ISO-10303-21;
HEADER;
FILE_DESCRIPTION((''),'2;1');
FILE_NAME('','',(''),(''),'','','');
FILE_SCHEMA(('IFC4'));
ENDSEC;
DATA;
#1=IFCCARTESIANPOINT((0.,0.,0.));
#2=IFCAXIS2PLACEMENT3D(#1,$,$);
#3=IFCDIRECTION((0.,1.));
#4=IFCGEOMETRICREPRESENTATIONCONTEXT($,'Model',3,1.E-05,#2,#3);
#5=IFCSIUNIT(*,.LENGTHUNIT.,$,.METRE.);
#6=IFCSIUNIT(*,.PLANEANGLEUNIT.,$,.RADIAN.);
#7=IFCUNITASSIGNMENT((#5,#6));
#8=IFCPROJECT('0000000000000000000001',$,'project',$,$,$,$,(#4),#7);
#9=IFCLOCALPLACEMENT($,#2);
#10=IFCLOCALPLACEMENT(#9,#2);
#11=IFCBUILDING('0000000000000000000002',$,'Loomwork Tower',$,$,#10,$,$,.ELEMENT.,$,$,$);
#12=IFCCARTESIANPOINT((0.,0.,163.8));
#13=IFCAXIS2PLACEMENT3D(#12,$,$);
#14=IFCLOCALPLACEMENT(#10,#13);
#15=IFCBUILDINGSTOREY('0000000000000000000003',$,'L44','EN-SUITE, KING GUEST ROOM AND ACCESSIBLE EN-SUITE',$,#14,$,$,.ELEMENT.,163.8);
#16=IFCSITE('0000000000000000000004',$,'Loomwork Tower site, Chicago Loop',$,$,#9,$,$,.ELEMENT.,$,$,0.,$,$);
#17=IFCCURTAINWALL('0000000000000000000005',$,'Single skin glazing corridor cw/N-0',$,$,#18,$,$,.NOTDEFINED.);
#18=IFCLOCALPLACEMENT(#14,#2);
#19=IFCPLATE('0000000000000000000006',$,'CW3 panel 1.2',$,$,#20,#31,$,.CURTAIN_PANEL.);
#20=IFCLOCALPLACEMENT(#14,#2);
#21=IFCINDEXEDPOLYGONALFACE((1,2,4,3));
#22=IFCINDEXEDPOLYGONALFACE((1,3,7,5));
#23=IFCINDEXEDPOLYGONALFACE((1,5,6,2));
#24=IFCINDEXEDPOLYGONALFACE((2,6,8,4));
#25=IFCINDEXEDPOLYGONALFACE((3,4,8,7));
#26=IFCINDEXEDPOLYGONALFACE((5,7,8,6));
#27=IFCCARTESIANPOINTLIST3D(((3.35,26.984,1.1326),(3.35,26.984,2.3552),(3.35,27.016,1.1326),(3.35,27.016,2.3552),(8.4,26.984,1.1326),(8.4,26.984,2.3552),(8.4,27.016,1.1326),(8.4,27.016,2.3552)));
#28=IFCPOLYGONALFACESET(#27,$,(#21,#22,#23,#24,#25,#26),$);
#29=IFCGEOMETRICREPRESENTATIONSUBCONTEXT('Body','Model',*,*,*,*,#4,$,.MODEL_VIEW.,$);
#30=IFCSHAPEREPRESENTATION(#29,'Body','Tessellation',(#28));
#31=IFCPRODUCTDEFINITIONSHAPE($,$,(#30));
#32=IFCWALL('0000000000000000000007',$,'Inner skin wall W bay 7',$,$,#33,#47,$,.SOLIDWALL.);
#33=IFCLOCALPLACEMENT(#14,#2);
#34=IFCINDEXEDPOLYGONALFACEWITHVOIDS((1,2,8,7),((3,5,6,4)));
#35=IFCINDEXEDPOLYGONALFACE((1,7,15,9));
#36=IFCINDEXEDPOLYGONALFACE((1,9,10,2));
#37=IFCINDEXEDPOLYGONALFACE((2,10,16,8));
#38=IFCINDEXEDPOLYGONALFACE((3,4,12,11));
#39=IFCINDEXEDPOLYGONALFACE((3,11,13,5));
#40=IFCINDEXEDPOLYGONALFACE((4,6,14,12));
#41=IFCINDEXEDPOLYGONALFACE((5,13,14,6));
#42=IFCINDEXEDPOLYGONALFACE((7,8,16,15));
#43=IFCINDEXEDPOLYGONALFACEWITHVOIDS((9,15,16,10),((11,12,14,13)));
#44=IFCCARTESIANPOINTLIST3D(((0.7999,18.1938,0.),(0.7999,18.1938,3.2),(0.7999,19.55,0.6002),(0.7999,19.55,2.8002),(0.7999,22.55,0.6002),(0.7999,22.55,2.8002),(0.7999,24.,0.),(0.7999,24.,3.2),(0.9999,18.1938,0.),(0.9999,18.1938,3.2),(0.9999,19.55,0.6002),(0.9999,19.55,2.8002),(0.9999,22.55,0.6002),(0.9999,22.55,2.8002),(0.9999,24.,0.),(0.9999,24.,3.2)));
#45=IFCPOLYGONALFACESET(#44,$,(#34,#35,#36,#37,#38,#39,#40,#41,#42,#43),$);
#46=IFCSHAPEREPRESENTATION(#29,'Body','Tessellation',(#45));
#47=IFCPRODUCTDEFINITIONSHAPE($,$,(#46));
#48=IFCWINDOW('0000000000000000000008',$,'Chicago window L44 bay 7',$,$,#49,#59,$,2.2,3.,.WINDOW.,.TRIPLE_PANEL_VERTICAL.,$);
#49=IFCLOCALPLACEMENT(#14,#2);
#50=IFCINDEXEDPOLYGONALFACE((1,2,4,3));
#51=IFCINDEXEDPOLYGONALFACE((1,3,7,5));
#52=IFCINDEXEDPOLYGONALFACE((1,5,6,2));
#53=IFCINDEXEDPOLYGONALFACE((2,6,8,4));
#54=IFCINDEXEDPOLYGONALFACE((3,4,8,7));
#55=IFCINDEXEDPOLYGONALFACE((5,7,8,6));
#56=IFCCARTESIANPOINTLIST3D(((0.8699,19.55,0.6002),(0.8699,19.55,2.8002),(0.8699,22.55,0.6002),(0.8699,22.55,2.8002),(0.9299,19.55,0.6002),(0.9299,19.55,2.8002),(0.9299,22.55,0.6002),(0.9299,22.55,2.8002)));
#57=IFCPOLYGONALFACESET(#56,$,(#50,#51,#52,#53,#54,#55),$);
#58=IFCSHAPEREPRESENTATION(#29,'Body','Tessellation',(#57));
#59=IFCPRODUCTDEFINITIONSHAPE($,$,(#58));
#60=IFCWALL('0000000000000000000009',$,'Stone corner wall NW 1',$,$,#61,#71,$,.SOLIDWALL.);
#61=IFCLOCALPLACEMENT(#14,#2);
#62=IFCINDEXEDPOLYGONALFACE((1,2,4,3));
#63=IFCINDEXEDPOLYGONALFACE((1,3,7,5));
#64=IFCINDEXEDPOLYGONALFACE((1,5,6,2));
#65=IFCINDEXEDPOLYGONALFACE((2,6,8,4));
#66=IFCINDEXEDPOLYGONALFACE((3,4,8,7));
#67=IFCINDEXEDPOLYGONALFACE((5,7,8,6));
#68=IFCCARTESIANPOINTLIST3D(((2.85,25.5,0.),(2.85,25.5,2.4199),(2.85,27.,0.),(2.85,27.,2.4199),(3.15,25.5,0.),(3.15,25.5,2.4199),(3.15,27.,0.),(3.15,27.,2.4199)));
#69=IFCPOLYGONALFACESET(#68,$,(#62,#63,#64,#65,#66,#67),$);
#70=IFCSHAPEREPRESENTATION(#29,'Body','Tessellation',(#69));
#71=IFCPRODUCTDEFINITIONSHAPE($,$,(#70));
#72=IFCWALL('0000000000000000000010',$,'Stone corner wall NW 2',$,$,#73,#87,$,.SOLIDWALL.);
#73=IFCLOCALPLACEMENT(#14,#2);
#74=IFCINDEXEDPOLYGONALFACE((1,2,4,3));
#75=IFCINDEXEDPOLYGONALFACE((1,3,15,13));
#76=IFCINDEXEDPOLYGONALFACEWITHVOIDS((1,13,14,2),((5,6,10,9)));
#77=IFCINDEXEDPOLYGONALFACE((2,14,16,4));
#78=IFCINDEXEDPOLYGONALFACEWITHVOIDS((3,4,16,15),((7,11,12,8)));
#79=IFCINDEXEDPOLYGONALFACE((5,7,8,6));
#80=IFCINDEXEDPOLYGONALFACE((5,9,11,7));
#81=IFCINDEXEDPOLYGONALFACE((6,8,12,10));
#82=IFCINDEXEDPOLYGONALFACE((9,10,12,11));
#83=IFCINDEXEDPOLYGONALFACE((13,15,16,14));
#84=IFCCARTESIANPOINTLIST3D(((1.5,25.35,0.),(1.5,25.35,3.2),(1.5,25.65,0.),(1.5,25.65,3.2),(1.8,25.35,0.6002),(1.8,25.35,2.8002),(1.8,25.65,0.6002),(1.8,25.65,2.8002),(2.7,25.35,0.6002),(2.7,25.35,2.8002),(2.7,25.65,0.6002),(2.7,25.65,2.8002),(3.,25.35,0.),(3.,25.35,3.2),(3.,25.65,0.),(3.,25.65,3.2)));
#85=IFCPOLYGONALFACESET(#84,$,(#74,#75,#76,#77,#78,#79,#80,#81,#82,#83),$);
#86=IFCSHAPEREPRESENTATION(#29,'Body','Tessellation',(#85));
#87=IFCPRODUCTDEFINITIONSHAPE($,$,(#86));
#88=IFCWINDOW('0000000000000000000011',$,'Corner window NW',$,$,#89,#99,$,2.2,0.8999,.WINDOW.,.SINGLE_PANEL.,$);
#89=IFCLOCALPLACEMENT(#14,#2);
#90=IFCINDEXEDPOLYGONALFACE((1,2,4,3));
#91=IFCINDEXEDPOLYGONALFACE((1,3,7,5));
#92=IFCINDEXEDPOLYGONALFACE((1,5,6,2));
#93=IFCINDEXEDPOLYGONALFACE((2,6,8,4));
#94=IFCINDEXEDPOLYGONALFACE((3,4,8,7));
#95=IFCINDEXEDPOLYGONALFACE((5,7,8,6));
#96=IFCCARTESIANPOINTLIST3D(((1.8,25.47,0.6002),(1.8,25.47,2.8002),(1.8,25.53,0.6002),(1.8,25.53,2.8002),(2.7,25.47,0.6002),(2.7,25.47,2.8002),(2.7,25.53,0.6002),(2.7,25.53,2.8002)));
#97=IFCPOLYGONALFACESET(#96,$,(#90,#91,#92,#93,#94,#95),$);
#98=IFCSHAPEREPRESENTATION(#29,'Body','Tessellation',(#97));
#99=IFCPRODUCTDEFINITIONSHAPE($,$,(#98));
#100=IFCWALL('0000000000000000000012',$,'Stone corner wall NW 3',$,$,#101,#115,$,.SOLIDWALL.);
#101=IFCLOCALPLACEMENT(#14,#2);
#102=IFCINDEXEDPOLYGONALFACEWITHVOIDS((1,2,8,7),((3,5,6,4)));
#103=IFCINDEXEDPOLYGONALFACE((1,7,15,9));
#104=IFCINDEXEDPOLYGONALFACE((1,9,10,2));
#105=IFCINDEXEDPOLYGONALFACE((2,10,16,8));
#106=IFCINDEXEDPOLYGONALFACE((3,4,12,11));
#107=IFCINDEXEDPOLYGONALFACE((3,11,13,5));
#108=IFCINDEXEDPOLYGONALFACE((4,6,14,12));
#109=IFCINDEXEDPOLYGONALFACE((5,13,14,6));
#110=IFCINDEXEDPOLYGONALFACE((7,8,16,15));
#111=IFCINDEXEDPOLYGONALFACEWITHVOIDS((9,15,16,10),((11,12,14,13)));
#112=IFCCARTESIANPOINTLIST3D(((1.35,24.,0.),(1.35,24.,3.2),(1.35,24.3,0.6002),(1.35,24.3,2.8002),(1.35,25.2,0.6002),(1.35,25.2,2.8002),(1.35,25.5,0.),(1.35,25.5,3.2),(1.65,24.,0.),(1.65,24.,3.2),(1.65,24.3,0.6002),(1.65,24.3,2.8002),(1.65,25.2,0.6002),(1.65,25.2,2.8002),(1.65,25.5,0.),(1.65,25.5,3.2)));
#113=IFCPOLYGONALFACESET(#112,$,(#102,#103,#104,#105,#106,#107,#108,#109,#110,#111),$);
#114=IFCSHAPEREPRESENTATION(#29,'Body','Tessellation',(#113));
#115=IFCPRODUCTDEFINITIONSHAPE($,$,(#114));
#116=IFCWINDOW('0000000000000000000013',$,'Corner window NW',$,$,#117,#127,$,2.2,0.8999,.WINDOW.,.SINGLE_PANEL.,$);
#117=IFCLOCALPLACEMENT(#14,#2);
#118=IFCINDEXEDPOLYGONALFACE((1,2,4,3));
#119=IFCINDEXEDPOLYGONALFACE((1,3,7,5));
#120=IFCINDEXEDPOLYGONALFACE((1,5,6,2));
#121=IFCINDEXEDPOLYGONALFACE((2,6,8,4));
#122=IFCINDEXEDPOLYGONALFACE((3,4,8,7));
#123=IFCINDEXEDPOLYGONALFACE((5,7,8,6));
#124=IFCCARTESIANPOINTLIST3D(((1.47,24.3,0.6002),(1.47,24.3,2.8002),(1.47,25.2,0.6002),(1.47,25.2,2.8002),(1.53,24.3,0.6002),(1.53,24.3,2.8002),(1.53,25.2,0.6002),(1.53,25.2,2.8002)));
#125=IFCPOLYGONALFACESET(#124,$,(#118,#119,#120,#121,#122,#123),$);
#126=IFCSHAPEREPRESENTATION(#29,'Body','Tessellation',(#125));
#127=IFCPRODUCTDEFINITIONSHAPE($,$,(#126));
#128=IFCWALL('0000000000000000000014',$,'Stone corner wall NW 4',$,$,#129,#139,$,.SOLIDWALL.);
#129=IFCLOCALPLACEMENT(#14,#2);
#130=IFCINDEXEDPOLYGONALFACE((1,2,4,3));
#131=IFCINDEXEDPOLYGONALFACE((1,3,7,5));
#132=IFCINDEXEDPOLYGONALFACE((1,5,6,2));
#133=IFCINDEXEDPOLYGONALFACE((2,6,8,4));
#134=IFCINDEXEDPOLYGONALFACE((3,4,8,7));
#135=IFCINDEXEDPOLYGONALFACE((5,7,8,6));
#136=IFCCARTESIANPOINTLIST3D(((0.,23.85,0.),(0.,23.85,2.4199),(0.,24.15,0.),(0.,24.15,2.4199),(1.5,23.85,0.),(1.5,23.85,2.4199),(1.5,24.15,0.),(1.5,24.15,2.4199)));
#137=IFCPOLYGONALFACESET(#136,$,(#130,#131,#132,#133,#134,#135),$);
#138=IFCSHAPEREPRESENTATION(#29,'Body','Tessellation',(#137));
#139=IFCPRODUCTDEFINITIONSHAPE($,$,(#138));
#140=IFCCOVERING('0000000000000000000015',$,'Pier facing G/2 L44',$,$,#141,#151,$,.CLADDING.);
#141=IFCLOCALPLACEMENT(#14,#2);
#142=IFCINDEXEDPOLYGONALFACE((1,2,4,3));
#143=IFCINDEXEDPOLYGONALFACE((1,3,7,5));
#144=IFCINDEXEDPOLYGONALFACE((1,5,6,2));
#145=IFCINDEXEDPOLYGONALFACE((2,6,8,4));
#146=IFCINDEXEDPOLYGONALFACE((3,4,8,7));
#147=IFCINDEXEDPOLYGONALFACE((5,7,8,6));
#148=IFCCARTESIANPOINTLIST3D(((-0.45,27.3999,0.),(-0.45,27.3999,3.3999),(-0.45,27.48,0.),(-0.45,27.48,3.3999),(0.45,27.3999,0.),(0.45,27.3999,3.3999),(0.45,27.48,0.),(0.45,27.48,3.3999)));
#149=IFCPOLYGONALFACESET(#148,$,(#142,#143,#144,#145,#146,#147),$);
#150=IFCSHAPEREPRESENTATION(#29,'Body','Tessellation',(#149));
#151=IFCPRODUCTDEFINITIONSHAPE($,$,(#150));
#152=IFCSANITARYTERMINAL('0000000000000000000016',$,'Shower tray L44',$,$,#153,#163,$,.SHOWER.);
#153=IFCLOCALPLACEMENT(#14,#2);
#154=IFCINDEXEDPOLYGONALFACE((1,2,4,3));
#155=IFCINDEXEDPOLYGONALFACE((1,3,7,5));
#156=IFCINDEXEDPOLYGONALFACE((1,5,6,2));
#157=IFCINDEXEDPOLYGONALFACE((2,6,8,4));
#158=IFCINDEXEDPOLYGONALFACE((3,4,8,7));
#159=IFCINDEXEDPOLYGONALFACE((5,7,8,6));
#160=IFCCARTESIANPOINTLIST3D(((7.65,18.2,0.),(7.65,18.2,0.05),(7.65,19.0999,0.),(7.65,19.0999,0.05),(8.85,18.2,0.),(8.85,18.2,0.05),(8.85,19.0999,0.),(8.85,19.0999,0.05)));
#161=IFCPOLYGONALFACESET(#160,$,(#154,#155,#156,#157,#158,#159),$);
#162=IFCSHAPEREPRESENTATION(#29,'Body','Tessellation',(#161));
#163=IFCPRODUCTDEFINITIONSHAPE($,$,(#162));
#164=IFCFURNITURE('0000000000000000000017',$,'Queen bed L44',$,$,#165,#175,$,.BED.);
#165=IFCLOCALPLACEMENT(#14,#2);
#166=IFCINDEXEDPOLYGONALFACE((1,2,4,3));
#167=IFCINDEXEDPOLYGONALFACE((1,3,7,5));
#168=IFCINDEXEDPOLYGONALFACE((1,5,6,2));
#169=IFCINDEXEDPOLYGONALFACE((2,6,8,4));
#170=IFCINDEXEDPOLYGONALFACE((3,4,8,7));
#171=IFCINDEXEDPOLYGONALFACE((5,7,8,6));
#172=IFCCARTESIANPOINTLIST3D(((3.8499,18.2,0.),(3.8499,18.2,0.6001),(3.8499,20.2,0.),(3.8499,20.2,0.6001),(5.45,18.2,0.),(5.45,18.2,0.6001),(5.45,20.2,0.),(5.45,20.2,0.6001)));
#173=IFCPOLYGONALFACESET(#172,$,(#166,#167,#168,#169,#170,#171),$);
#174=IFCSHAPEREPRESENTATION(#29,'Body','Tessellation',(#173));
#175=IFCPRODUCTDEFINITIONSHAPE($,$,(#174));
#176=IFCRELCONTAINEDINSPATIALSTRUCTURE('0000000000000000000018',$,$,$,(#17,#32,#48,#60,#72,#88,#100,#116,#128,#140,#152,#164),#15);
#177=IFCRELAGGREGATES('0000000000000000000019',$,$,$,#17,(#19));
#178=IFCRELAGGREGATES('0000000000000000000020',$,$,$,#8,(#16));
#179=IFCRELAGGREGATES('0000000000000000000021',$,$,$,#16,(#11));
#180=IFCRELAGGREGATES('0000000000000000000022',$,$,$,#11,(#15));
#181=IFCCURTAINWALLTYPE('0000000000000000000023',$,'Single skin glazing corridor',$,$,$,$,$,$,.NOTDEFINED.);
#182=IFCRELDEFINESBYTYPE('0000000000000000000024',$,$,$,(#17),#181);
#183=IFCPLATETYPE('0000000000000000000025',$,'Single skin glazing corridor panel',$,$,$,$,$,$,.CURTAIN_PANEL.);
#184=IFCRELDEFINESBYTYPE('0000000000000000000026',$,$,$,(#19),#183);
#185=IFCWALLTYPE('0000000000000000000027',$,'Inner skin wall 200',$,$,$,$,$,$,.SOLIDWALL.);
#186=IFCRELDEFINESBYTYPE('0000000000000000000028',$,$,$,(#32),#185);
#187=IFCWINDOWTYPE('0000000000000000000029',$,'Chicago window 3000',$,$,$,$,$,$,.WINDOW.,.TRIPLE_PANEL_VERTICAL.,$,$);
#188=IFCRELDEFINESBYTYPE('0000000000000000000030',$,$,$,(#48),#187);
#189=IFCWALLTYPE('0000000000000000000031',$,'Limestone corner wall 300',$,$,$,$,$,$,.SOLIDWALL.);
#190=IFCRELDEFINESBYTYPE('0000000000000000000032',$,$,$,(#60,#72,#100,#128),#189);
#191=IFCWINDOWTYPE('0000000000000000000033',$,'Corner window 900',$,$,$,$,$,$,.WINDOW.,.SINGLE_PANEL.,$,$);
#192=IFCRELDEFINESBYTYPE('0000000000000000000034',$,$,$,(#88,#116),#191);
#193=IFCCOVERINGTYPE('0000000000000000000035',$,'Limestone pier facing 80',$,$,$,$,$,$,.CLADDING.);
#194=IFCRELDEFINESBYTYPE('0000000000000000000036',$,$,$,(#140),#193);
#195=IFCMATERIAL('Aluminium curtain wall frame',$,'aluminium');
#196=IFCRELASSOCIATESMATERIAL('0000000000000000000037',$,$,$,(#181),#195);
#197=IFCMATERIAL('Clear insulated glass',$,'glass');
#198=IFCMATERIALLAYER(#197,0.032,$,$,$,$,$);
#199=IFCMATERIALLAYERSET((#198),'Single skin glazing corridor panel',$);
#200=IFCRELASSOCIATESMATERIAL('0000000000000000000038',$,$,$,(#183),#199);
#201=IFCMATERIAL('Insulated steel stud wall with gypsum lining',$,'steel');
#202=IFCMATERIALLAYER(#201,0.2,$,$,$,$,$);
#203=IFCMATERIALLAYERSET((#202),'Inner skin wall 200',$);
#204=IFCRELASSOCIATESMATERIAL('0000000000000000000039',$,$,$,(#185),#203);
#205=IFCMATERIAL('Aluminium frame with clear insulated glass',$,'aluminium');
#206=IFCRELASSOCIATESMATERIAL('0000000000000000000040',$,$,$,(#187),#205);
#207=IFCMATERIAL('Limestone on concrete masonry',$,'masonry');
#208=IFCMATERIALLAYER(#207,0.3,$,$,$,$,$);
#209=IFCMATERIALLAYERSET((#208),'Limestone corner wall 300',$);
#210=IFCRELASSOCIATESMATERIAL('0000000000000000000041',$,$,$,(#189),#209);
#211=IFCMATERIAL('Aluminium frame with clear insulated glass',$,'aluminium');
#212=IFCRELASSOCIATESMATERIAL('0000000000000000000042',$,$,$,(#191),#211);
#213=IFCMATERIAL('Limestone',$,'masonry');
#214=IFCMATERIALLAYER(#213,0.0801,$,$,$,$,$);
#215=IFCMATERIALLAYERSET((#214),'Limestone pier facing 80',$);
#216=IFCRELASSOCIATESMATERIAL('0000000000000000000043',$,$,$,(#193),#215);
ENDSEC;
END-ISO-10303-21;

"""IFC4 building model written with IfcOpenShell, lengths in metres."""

from ifc_helpers import new_model, si_unit, direction, frame, frame_2d, origin, origin_2d, place, context, subcontext, project, spatial, rectangle, extrude, material, layer, layer_set, type_object, element, fill, aggregate, save


model = new_model("IFC4")

# Units and contexts
model_context = context("Model", 3, precision=1e-05, world=origin(), true_north=direction((0.0, 1.0)))
body_context = subcontext(model_context, "Body", "Model", "MODEL_VIEW")
ifc_project = project(units=[si_unit("LENGTHUNIT", "METRE"), si_unit("PLANEANGLEUNIT", "RADIAN")], contexts=[model_context])

# Site, building, storey
site_placement = place(None, origin())
site = spatial("IfcSite", under=ifc_project, at=site_placement, Name="Loomwork Tower site, Chicago Loop", CompositionType="ELEMENT", RefElevation=0.0)
building_placement = place(site_placement, origin())
building = spatial("IfcBuilding", under=site, at=building_placement, Name="Loomwork Tower", CompositionType="ELEMENT")
storey_placement = place(building_placement, frame((0.0, 0.0, 163.8)))
storey = spatial("IfcBuildingStorey", under=building, at=storey_placement, Name="L44", Description="EN-SUITE, KING GUEST ROOM AND ACCESSIBLE EN-SUITE", CompositionType="ELEMENT", Elevation=163.8)

# Curtain wall
ifc_material_1 = material(Name="Aluminium curtain wall frame", Category="aluminium")
curtain_wall_type_1 = type_object("IfcCurtainWallType", Name="Single skin glazing corridor", PredefinedType="NOTDEFINED", material=ifc_material_1)
curtain_wall_1_placement = place(storey_placement, origin())
curtain_wall_1 = element("IfcCurtainWall", 1, at=curtain_wall_1_placement, inside=storey, type_object=curtain_wall_type_1, Name="Single skin glazing corridor cw/N-0", PredefinedType="NOTDEFINED")

# Plate
ifc_material_2 = material(Name="Clear insulated glass", Category="glass")
ifc_layer_1 = layer(ifc_material_2, 0.032)
ifc_layer_set_1 = layer_set([ifc_layer_1], Name="Single skin glazing corridor panel")
plate_type_1 = type_object("IfcPlateType", Name="Single skin glazing corridor panel", PredefinedType="CURTAIN_PANEL", material=ifc_layer_set_1)
plate_1_placement = place(storey_placement, frame((5.875, 27.0, 1.1326), z_axis=(0.0, 0.0, 1.0), x_axis=(-1.0, 0.0, 0.0)))
plate_1 = element("IfcPlate", 2, at=plate_1_placement, type_object=plate_type_1, Name="CW3 panel 1.2", PredefinedType="CURTAIN_PANEL", context=body_context, shape_type="SweptSolid", body=[
    extrude(rectangle(XDim=5.05, YDim=0.032, at=origin_2d()), origin(), (0.0, 0.0, 1.0), 1.2227),
])
aggregate(curtain_wall_1, [plate_1])

# Wall, opening, window
ifc_material_3 = material(Name="Insulated steel stud wall with gypsum lining", Category="steel")
ifc_layer_2 = layer(ifc_material_3, 0.2)
ifc_layer_set_2 = layer_set([ifc_layer_2], Name="Inner skin wall 200")
wall_type_1 = type_object("IfcWallType", Name="Inner skin wall 200", PredefinedType="SOLIDWALL", material=ifc_layer_set_2)
wall_1_placement = place(storey_placement, frame((0.8999, 18.1938, 0.0), z_axis=(0.0, 0.0, 1.0), x_axis=(0.0, 1.0, 0.0)))
wall_1 = element("IfcWall", 3, at=wall_1_placement, inside=storey, type_object=wall_type_1, Name="Inner skin wall W bay 7", PredefinedType="SOLIDWALL", context=body_context, shape_type="SweptSolid", body=[
    extrude(rectangle(XDim=5.8062, YDim=0.2, at=frame_2d((2.9031, 0.0))), origin(), (0.0, 0.0, 1.0), 3.2),
])
opening_1_placement = place(wall_1_placement, frame((1.3562, 0.0, 0.6001)))
opening_1 = element("IfcOpeningElement", 4, at=opening_1_placement, cuts=wall_1, PredefinedType="OPENING", context=body_context, shape_type="SweptSolid", body=[
    extrude(rectangle(XDim=3.0, YDim=2.2, at=frame_2d((1.5, 1.1001))), frame((0.0, 0.1099, 0.0), z_axis=(0.0, -1.0, 0.0), x_axis=(1.0, 0.0, 0.0)), (0.0, 0.0, 1.0), 0.22),
])
ifc_material_4 = material(Name="Aluminium frame with clear insulated glass", Category="aluminium")
window_type_1 = type_object("IfcWindowType", Name="Chicago window 3000", PartitioningType="TRIPLE_PANEL_VERTICAL", PredefinedType="WINDOW", material=ifc_material_4)
window_1_placement = place(opening_1_placement, origin())
window_1 = element("IfcWindow", 5, at=window_1_placement, inside=storey, type_object=window_type_1, Name="Chicago window L44 bay 7", OverallHeight=2.2, OverallWidth=3.0, PartitioningType="TRIPLE_PANEL_VERTICAL", PredefinedType="WINDOW", context=body_context, shape_type="SweptSolid", body=[
    extrude(rectangle(XDim=3.0, YDim=2.2, at=frame_2d((1.5, 1.1001))), frame((0.0, 0.03, 0.0), z_axis=(0.0, -1.0, 0.0), x_axis=(1.0, 0.0, 0.0)), (0.0, 0.0, 1.0), 0.0601),
])
fill(opening_1, window_1)

# Wall
ifc_material_5 = material(Name="Limestone on concrete masonry", Category="masonry")
ifc_layer_3 = layer(ifc_material_5, 0.3)
ifc_layer_set_3 = layer_set([ifc_layer_3], Name="Limestone corner wall 300")
wall_type_2 = type_object("IfcWallType", Name="Limestone corner wall 300", PredefinedType="SOLIDWALL", material=ifc_layer_set_3)
wall_2_placement = place(storey_placement, frame((3.0, 27.0, 0.0), z_axis=(0.0, 0.0, 1.0), x_axis=(0.0, -1.0, 0.0)))
element("IfcWall", 6, at=wall_2_placement, inside=storey, type_object=wall_type_2, Name="Stone corner wall NW 1", PredefinedType="SOLIDWALL", context=body_context, shape_type="SweptSolid", body=[
    extrude(rectangle(XDim=1.5, YDim=0.3, at=frame_2d((0.75, 0.0))), origin(), (0.0, 0.0, 1.0), 2.4199),
])

# Walls, openings, windows
wall_3_placement = place(storey_placement, frame((3.0, 25.5, 0.0), z_axis=(0.0, 0.0, 1.0), x_axis=(-1.0, 0.0, 0.0)))
wall_3 = element("IfcWall", 7, at=wall_3_placement, inside=storey, type_object=wall_type_2, Name="Stone corner wall NW 2", PredefinedType="SOLIDWALL", context=body_context, shape_type="SweptSolid", body=[
    extrude(rectangle(XDim=1.5, YDim=0.3, at=frame_2d((0.75, 0.0))), origin(), (0.0, 0.0, 1.0), 3.2),
])
opening_2_placement = place(wall_3_placement, frame((0.3, 0.0, 0.6001)))
opening_2 = element("IfcOpeningElement", 8, at=opening_2_placement, cuts=wall_3, PredefinedType="OPENING", context=body_context, shape_type="SweptSolid", body=[
    extrude(rectangle(XDim=0.8999, YDim=2.2, at=frame_2d((0.45, 1.1001))), frame((0.0, 0.1599, 0.0), z_axis=(0.0, -1.0, 0.0), x_axis=(1.0, 0.0, 0.0)), (0.0, 0.0, 1.0), 0.3201),
])
ifc_material_6 = material(Name="Aluminium frame with clear insulated glass", Category="aluminium")
window_type_2 = type_object("IfcWindowType", Name="Corner window 900", PartitioningType="SINGLE_PANEL", PredefinedType="WINDOW", material=ifc_material_6)
window_2_placement = place(opening_2_placement, origin())
window_2 = element("IfcWindow", 9, at=window_2_placement, inside=storey, type_object=window_type_2, Name="Corner window NW", OverallHeight=2.2, OverallWidth=0.8999, PartitioningType="SINGLE_PANEL", PredefinedType="WINDOW", context=body_context, shape_type="SweptSolid", body=[
    extrude(rectangle(XDim=0.8999, YDim=2.2, at=frame_2d((0.45, 1.1001))), frame((0.0, 0.03, 0.0), z_axis=(0.0, -1.0, 0.0), x_axis=(1.0, 0.0, 0.0)), (0.0, 0.0, 1.0), 0.0601),
])
fill(opening_2, window_2)
wall_4_placement = place(storey_placement, frame((1.5, 25.5, 0.0), z_axis=(0.0, 0.0, 1.0), x_axis=(0.0, -1.0, 0.0)))
wall_4 = element("IfcWall", 10, at=wall_4_placement, inside=storey, type_object=wall_type_2, Name="Stone corner wall NW 3", PredefinedType="SOLIDWALL", context=body_context, shape_type="SweptSolid", body=[
    extrude(rectangle(XDim=1.5, YDim=0.3, at=frame_2d((0.75, 0.0))), origin(), (0.0, 0.0, 1.0), 3.2),
])
opening_3_placement = place(wall_4_placement, frame((0.3, 0.0, 0.6001)))
opening_3 = element("IfcOpeningElement", 11, at=opening_3_placement, cuts=wall_4, PredefinedType="OPENING", context=body_context, shape_type="SweptSolid", body=[
    extrude(rectangle(XDim=0.8999, YDim=2.2, at=frame_2d((0.45, 1.1001))), frame((0.0, 0.1599, 0.0), z_axis=(0.0, -1.0, 0.0), x_axis=(1.0, 0.0, 0.0)), (0.0, 0.0, 1.0), 0.3201),
])
window_3_placement = place(opening_3_placement, origin())
window_3 = element("IfcWindow", 12, at=window_3_placement, inside=storey, type_object=window_type_2, Name="Corner window NW", OverallHeight=2.2, OverallWidth=0.8999, PartitioningType="SINGLE_PANEL", PredefinedType="WINDOW", context=body_context, shape_type="SweptSolid", body=[
    extrude(rectangle(XDim=0.8999, YDim=2.2, at=frame_2d((0.45, 1.1001))), frame((0.0, 0.03, 0.0), z_axis=(0.0, -1.0, 0.0), x_axis=(1.0, 0.0, 0.0)), (0.0, 0.0, 1.0), 0.0601),
])
fill(opening_3, window_3)

# Wall
wall_5_placement = place(storey_placement, frame((1.5, 24.0, 0.0), z_axis=(0.0, 0.0, 1.0), x_axis=(-1.0, 0.0, 0.0)))
element("IfcWall", 13, at=wall_5_placement, inside=storey, type_object=wall_type_2, Name="Stone corner wall NW 4", PredefinedType="SOLIDWALL", context=body_context, shape_type="SweptSolid", body=[
    extrude(rectangle(XDim=1.5, YDim=0.3, at=frame_2d((0.75, 0.0))), origin(), (0.0, 0.0, 1.0), 2.4199),
])

# Covering
ifc_material_7 = material(Name="Limestone", Category="masonry")
ifc_layer_4 = layer(ifc_material_7, 0.0801)
ifc_layer_set_4 = layer_set([ifc_layer_4], Name="Limestone pier facing 80")
covering_type = type_object("IfcCoveringType", Name="Limestone pier facing 80", PredefinedType="CLADDING", material=ifc_layer_set_4)
covering_placement = place(storey_placement, frame((0.0, 27.4399, 0.0), z_axis=(0.0, 0.0, 1.0), x_axis=(1.0, 0.0, 0.0)))
element("IfcCovering", 14, at=covering_placement, inside=storey, type_object=covering_type, Name="Pier facing G/2 L44", PredefinedType="CLADDING", context=body_context, shape_type="SweptSolid", body=[
    extrude(rectangle(XDim=0.8999, YDim=0.0801, at=origin_2d()), origin(), (0.0, 0.0, 1.0), 3.3999),
])

# Sanitary terminal
sanitary_terminal_placement = place(storey_placement, frame((8.25, 18.6499, 0.0), z_axis=(0.0, 0.0, 1.0), x_axis=(1.0, 0.0, 0.0)))
element("IfcSanitaryTerminal", 15, at=sanitary_terminal_placement, inside=storey, Name="Shower tray L44", PredefinedType="SHOWER", context=body_context, shape_type="SweptSolid", body=[
    extrude(rectangle(XDim=1.2, YDim=0.8999, at=origin_2d()), origin(), (0.0, 0.0, 1.0), 0.05),
])

# Furniture
for number, where, z_axis, x_axis, name in (
    (16, (4.6499, 19.2, 0.0), (0.0, 0.0, 1.0), (1.0, 0.0, 0.0), "Queen bed L44"),
):
    element("IfcFurniture", number, at=place(storey_placement, frame(where, z_axis=z_axis, x_axis=x_axis)), inside=storey, Name=name, PredefinedType="BED", context=body_context, shape_type="SweptSolid", body=[
        extrude(rectangle(XDim=1.6001, YDim=2.0, at=origin_2d()), origin(), (0.0, 0.0, 1.0), 0.6001),
    ])

save(model, "model.ifc")
